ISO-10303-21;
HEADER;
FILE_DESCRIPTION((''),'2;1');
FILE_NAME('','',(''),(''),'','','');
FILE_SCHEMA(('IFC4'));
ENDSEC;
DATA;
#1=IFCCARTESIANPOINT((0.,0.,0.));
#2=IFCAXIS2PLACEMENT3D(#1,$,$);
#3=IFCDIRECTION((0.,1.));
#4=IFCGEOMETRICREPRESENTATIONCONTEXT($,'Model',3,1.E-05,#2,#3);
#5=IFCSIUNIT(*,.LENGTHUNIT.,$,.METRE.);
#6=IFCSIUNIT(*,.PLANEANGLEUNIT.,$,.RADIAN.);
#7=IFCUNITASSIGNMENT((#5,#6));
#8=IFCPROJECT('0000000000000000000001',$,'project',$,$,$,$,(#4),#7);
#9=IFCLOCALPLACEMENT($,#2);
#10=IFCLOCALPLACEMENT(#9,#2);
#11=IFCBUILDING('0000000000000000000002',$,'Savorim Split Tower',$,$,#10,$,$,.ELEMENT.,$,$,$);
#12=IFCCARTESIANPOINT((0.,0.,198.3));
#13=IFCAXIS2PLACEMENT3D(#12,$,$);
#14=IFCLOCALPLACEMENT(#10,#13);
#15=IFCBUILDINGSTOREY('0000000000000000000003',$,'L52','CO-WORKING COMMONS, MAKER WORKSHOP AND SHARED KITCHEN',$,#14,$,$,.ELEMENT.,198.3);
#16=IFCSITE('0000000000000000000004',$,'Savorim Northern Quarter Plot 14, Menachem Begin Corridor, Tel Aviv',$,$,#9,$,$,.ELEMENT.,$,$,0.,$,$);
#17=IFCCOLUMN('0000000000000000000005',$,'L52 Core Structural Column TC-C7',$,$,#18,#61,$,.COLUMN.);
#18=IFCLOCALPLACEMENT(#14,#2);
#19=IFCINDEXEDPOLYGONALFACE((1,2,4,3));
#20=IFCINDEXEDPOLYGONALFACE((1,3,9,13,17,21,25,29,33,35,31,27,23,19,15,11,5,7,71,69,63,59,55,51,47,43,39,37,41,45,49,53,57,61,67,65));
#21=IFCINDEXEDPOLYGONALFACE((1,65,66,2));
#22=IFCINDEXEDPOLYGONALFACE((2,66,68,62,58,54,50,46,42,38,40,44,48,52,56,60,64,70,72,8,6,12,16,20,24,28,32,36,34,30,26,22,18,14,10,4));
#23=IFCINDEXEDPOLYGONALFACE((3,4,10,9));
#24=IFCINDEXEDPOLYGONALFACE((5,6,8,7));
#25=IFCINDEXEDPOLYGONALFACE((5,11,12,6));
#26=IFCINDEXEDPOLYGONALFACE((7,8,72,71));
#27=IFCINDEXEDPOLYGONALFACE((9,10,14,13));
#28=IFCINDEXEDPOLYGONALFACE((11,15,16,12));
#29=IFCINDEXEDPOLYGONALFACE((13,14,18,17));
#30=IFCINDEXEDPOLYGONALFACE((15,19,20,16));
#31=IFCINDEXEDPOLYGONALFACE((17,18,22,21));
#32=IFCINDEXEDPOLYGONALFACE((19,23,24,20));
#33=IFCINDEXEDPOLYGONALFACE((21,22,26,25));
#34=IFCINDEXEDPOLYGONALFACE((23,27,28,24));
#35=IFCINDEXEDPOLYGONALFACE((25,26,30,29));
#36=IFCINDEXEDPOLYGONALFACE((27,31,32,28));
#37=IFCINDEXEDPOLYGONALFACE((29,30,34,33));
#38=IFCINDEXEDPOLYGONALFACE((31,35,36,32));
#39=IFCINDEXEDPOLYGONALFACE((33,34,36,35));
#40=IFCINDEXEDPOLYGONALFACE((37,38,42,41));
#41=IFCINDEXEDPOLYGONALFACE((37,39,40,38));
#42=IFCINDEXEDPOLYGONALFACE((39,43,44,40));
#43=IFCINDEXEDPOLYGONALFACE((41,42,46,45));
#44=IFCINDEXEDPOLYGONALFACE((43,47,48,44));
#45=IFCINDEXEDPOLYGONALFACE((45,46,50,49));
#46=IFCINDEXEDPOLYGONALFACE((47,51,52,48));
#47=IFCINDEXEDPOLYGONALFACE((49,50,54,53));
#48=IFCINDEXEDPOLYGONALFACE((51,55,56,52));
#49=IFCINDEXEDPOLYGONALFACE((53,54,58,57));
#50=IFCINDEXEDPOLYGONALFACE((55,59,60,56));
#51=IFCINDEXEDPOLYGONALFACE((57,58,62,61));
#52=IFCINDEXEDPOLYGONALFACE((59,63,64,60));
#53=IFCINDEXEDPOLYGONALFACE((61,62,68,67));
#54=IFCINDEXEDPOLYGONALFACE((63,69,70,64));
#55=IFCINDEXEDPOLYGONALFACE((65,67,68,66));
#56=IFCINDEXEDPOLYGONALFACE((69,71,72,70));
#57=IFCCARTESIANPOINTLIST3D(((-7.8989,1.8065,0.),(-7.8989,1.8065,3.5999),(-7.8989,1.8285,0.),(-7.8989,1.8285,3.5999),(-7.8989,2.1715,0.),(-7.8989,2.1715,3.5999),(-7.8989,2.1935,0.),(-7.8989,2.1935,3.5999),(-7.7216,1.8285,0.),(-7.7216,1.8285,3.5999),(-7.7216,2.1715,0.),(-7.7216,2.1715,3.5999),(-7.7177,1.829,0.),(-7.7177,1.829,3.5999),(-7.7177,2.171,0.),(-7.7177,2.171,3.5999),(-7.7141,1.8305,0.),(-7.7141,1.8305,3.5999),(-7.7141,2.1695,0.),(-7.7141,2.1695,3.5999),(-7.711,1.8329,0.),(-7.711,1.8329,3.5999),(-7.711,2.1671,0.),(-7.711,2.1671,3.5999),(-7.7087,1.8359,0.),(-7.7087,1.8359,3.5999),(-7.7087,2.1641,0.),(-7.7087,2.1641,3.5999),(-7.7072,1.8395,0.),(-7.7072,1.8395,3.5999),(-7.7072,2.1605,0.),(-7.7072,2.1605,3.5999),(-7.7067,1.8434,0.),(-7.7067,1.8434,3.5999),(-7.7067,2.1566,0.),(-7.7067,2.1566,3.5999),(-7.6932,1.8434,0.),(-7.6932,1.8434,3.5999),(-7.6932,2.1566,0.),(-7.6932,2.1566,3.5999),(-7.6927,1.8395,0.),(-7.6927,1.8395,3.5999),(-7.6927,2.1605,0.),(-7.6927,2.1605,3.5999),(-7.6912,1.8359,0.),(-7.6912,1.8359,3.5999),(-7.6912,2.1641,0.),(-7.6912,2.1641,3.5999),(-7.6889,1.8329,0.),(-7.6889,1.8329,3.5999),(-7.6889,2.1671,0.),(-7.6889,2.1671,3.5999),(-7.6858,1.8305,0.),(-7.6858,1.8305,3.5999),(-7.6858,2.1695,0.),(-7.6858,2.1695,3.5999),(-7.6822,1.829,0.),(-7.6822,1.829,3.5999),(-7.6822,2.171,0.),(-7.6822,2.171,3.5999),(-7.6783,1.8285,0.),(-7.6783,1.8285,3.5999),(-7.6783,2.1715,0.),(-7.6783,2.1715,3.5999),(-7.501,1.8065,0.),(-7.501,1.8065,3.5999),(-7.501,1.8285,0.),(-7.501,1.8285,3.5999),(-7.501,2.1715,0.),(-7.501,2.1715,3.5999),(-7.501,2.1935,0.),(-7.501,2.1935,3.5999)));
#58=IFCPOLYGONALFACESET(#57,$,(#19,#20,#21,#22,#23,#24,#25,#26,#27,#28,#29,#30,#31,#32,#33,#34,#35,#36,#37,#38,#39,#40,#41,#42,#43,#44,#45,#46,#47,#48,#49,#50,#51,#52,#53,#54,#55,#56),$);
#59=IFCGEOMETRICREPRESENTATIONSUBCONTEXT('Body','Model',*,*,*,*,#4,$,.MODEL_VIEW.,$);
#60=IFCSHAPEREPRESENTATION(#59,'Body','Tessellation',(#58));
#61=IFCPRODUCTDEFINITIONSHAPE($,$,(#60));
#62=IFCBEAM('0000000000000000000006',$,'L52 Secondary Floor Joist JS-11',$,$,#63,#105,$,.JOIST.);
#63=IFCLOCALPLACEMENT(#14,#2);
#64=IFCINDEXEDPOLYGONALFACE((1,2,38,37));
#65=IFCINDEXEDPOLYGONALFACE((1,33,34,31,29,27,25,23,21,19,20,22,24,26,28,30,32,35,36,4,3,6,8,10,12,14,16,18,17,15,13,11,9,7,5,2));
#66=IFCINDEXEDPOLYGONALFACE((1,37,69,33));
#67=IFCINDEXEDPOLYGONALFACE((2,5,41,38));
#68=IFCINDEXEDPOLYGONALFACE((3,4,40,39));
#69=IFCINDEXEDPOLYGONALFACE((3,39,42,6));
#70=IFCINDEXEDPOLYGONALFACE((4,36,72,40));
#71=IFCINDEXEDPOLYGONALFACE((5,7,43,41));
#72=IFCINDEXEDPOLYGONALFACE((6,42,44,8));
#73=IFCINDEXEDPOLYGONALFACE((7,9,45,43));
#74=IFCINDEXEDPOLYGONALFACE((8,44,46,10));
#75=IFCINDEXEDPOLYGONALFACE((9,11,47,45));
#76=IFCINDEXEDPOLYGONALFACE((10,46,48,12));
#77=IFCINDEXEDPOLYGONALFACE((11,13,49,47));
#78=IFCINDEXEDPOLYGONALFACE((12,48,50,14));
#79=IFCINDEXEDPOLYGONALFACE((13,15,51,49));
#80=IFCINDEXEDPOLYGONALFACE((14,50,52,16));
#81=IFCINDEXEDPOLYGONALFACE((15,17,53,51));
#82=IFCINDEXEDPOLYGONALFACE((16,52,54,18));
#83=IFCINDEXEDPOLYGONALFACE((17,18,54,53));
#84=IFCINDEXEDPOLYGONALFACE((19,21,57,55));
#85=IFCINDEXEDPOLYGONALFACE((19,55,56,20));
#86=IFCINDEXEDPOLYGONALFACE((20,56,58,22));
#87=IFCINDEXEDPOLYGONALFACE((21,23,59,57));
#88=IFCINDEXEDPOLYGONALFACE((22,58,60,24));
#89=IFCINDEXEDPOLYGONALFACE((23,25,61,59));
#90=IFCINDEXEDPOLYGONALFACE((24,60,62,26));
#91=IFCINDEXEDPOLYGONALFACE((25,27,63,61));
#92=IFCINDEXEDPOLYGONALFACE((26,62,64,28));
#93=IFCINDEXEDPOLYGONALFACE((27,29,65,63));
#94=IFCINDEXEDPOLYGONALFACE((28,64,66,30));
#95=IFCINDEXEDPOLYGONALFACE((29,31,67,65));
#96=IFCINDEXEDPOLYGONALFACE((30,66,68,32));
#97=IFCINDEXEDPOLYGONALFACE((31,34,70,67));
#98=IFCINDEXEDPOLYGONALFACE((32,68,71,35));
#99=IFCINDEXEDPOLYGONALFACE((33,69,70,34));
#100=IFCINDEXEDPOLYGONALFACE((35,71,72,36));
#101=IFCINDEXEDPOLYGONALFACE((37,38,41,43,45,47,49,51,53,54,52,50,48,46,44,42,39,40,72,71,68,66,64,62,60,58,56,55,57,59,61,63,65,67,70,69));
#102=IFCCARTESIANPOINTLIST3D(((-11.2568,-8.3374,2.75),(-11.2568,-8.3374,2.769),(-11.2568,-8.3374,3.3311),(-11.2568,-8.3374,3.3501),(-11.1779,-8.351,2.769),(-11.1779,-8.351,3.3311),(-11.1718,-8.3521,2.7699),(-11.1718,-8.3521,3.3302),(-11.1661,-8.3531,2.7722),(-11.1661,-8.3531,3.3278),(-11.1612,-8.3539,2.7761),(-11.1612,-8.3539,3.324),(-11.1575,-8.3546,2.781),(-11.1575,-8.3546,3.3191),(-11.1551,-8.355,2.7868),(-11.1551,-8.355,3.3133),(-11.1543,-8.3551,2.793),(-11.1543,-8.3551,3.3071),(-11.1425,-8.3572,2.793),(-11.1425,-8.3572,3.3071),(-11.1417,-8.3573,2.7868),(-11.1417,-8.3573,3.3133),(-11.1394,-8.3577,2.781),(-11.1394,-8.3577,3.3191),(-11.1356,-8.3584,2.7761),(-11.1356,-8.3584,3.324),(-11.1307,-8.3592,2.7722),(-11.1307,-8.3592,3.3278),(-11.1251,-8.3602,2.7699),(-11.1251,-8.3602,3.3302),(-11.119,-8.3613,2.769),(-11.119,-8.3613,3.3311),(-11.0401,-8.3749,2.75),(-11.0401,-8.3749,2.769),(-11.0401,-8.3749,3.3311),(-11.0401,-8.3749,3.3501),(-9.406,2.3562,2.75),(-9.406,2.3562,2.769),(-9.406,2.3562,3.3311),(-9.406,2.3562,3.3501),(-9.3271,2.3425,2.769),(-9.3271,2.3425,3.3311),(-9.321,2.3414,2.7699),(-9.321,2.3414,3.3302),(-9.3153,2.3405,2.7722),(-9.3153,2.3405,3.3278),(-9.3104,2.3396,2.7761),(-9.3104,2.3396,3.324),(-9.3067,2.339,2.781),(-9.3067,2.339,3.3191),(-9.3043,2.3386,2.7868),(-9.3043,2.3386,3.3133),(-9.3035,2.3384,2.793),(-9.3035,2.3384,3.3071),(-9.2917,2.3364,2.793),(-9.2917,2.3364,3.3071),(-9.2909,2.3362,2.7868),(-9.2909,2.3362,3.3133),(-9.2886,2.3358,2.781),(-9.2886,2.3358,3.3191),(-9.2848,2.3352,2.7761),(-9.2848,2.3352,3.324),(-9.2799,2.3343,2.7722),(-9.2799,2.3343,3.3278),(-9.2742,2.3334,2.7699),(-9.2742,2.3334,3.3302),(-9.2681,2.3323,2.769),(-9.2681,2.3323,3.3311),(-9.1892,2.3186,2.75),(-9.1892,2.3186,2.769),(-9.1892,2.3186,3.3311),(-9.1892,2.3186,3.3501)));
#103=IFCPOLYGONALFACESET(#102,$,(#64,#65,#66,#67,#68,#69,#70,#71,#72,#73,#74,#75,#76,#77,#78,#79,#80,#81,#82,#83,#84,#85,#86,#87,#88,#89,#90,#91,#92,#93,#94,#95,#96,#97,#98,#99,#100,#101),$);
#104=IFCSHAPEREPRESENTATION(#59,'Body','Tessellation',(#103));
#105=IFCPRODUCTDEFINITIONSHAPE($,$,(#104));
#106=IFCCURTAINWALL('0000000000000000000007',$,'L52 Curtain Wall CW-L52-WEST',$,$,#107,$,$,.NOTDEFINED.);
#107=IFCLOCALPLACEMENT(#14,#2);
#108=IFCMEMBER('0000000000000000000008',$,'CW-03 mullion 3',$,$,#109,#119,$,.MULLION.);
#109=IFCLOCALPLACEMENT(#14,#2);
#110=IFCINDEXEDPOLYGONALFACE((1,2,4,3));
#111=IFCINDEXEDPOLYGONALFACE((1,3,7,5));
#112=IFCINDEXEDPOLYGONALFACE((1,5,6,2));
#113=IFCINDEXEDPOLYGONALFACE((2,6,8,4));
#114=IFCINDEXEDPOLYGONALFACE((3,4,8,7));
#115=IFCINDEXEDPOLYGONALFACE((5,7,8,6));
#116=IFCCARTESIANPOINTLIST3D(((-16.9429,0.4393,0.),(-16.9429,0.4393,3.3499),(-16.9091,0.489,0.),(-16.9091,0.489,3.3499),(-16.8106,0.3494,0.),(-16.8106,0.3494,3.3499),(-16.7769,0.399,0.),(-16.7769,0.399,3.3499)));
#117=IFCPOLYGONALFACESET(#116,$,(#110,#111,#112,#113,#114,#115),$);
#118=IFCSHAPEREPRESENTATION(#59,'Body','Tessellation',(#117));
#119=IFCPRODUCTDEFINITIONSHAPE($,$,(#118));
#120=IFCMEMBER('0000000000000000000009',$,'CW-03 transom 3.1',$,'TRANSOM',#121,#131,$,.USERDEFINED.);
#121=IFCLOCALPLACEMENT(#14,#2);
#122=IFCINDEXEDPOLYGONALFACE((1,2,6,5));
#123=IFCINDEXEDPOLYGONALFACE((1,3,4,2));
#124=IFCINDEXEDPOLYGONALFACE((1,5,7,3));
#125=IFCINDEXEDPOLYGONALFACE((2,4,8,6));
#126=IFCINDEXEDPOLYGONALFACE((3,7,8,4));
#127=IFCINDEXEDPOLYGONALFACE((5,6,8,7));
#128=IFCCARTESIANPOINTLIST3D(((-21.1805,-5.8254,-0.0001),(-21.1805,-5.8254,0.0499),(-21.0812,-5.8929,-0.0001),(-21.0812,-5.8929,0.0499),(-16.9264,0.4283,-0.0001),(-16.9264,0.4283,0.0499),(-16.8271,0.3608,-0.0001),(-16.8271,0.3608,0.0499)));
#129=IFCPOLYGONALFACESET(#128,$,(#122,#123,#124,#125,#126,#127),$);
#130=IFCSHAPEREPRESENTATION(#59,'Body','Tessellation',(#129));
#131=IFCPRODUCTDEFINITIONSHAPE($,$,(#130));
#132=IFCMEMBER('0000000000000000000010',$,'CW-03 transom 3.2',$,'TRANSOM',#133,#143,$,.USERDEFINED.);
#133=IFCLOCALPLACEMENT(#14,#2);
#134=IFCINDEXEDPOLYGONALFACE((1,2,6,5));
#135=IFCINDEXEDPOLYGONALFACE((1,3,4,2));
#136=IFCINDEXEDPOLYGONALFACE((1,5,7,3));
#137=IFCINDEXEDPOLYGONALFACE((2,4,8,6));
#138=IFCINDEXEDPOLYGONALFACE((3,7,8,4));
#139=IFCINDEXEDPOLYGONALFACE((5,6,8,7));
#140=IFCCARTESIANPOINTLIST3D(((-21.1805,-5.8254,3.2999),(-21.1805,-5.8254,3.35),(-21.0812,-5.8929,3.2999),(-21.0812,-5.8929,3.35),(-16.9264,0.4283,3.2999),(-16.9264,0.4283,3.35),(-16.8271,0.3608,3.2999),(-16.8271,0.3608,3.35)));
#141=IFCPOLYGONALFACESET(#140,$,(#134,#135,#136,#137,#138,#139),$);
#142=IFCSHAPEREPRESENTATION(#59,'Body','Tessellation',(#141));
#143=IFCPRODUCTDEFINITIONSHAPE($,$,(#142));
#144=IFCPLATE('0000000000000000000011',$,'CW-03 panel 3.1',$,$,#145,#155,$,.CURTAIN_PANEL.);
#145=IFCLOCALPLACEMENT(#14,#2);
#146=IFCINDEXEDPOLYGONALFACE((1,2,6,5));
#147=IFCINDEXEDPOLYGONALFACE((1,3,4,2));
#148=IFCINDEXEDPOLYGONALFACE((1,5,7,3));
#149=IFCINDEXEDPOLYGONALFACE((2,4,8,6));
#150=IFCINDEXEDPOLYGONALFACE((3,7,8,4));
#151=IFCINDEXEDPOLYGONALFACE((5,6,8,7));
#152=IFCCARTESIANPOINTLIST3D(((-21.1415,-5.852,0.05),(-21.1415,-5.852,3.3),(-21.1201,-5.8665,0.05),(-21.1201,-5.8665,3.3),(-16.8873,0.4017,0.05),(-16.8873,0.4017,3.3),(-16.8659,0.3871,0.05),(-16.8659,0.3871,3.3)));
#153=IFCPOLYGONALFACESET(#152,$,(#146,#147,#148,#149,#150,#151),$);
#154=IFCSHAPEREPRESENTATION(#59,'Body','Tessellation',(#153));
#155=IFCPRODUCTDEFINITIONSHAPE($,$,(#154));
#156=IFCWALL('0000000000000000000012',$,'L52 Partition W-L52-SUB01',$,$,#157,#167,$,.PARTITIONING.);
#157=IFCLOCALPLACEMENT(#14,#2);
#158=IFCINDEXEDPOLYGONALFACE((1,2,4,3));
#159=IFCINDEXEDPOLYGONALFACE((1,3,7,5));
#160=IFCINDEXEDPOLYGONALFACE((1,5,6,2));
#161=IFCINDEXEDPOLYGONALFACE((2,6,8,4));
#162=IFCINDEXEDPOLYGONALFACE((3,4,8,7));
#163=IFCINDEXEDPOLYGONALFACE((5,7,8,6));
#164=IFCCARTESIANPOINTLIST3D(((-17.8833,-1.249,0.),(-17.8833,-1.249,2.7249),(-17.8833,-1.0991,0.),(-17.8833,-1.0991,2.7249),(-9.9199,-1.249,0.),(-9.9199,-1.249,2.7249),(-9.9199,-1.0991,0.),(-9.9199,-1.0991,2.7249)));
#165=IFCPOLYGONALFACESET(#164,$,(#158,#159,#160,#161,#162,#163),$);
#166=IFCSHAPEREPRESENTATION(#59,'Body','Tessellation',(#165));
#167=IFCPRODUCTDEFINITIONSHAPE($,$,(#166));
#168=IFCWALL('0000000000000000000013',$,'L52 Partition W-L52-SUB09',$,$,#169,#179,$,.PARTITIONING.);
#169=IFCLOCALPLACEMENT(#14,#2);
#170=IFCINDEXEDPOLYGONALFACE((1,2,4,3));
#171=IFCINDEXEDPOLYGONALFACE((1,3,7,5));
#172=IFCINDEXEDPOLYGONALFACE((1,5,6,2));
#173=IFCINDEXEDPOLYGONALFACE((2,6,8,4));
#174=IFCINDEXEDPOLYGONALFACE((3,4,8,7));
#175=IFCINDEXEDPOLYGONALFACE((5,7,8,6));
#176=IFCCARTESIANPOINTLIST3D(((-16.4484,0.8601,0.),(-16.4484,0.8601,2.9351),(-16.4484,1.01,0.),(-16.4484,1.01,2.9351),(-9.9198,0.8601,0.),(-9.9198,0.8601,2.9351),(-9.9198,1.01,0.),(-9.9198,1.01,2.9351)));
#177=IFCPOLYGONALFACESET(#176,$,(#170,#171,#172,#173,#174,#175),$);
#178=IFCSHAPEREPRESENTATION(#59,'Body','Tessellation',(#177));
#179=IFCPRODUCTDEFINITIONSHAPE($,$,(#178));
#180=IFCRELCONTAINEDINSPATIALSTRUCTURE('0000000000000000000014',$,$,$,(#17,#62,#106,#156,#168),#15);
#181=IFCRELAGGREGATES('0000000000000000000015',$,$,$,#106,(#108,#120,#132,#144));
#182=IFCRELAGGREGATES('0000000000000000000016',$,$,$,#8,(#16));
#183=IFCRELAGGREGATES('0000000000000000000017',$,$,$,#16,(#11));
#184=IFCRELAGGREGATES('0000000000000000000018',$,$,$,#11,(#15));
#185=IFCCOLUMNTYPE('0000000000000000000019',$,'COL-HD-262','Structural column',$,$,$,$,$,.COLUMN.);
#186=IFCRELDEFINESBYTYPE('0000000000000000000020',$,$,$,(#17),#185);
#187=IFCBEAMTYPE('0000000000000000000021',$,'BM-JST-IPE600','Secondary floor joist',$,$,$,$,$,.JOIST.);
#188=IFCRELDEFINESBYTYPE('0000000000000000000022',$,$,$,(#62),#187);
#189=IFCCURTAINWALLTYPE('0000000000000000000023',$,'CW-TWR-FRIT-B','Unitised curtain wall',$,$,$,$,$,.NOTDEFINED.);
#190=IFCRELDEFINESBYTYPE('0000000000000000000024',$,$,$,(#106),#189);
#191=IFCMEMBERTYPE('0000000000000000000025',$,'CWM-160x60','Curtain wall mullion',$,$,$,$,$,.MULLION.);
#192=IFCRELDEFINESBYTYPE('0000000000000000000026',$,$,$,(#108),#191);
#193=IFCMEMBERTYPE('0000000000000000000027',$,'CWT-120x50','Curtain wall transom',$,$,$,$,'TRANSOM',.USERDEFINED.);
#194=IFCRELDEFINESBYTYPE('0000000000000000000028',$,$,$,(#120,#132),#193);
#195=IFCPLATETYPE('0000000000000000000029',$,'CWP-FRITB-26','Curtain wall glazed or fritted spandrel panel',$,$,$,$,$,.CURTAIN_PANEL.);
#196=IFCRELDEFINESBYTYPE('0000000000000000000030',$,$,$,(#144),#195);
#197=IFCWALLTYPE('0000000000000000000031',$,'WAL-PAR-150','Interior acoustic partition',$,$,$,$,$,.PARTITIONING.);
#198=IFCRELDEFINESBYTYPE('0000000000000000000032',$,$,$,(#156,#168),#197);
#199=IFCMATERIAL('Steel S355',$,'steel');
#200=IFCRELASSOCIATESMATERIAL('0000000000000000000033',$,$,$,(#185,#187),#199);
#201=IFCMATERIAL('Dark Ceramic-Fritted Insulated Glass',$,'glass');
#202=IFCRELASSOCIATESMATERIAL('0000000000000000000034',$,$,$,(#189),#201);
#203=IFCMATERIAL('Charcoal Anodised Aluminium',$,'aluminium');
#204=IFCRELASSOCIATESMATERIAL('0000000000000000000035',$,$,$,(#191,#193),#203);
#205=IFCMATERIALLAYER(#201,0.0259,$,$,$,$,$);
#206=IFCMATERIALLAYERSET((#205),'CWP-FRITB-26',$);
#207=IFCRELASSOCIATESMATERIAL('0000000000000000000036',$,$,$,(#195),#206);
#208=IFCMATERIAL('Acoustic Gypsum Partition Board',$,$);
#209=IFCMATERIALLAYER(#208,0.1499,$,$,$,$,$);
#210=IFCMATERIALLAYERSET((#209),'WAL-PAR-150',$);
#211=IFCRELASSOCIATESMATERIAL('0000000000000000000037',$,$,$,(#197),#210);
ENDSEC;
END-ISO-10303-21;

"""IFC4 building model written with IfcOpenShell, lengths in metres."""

from ifc_helpers import new_model, si_unit, direction, frame, frame_2d, origin, origin_2d, place, context, subcontext, project, spatial, rectangle, i_section, extrude, material, layer, layer_set, material_profile, profile_set, type_object, element, aggregate, save


model = new_model("IFC4")

# Units and contexts
model_context = context("Model", 3, precision=1e-05, world=origin(), true_north=direction((0.0, 1.0)))
body_context = subcontext(model_context, "Body", "Model", "MODEL_VIEW")
ifc_project = project(units=[si_unit("LENGTHUNIT", "METRE"), si_unit("PLANEANGLEUNIT", "RADIAN")], contexts=[model_context])

# Site, building, storey
site_placement = place(None, origin())
site = spatial("IfcSite", under=ifc_project, at=site_placement, Name="Savorim Northern Quarter Plot 14, Menachem Begin Corridor, Tel Aviv", CompositionType="ELEMENT", RefElevation=0.0)
building_placement = place(site_placement, origin())
building = spatial("IfcBuilding", under=site, at=building_placement, Name="Savorim Split Tower", CompositionType="ELEMENT")
storey_placement = place(building_placement, frame((0.0, 0.0, 198.3)))
storey = spatial("IfcBuildingStorey", under=building, at=storey_placement, Name="L52", Description="CO-WORKING COMMONS, MAKER WORKSHOP AND SHARED KITCHEN", CompositionType="ELEMENT", Elevation=198.3)

# Column
ifc_material_1 = material(Name="Steel S355", Category="steel")
ifc_material_profile_1 = material_profile(ifc_material_1, i_section(OverallWidth=0.3979, OverallDepth=0.387, WebThickness=0.0134, FlangeThickness=0.022, FilletRadius=0.0149, at=origin_2d()), Name="HD 400x262")
ifc_profile_set_1 = profile_set([ifc_material_profile_1], Name="Steel S355")
column_type = type_object("IfcColumnType", Name="COL-HD-262", Description="Structural column", PredefinedType="COLUMN", material=ifc_profile_set_1)
column_placement = place(storey_placement, frame((-7.7, 2.0, 0.0), z_axis=(0.0, 0.0, 1.0), x_axis=(1.0, 0.0, 0.0)))
element("IfcColumn", 1, at=column_placement, inside=storey, type_object=column_type, Name="L52 Core Structural Column TC-C7", PredefinedType="COLUMN", context=body_context, shape_type="SweptSolid", body=[
    extrude(i_section(OverallWidth=0.3979, OverallDepth=0.387, WebThickness=0.0134, FlangeThickness=0.022, FilletRadius=0.0149, at=origin_2d()), origin(), (0.0, 0.0, 1.0), 3.5999),
])

# Beam
ifc_material_profile_2 = material_profile(ifc_material_1, i_section(OverallWidth=0.22, OverallDepth=0.6001, WebThickness=0.012, FlangeThickness=0.019, FilletRadius=0.0239, at=origin_2d()), Name="IPE 600")
ifc_profile_set_2 = profile_set([ifc_material_profile_2], Name="Steel S355")
beam_type = type_object("IfcBeamType", Name="BM-JST-IPE600", Description="Secondary floor joist", PredefinedType="JOIST", material=ifc_profile_set_2)
beam_placement = place(storey_placement, frame((-9.2976, 2.3374, 3.05), z_axis=(-0.170543, -0.98535, 0.0), x_axis=(0.98535, -0.170543, 0.0)))
element("IfcBeam", 2, at=beam_placement, inside=storey, type_object=beam_type, Name="L52 Secondary Floor Joist JS-11", PredefinedType="JOIST", context=body_context, shape_type="SweptSolid", body=[
    extrude(i_section(OverallWidth=0.22, OverallDepth=0.6001, WebThickness=0.012, FlangeThickness=0.019, FilletRadius=0.0239, at=origin_2d()), origin(), (0.0, 0.0, 1.0), 10.8525),
])

# Curtain wall, members, plate
ifc_material_2 = material(Name="Dark Ceramic-Fritted Insulated Glass", Category="glass")
curtain_wall_type = type_object("IfcCurtainWallType", Name="CW-TWR-FRIT-B", Description="Unitised curtain wall", PredefinedType="NOTDEFINED", material=ifc_material_2)
curtain_wall_placement = place(storey_placement, origin())
curtain_wall = element("IfcCurtainWall", 3, at=curtain_wall_placement, inside=storey, type_object=curtain_wall_type, Name="L52 Curtain Wall CW-L52-WEST", PredefinedType="NOTDEFINED")
ifc_material_3 = material(Name="Charcoal Anodised Aluminium", Category="aluminium")
ifc_material_profile_3 = material_profile(ifc_material_3, rectangle(XDim=0.1599, YDim=0.0601, at=origin_2d()), Name="ALU-M 160x60")
ifc_profile_set_3 = profile_set([ifc_material_profile_3], Name="Charcoal Anodised Aluminium")
member_type_1 = type_object("IfcMemberType", Name="CWM-160x60", Description="Curtain wall mullion", PredefinedType="MULLION", material=ifc_profile_set_3)
member_1_placement = place(storey_placement, frame((-16.8599, 0.4192, 0.0), z_axis=(0.0, 0.0, 1.0), x_axis=(0.826821, -0.562465, 0.0)))
member_1 = element("IfcMember", 4, at=member_1_placement, type_object=member_type_1, Name="CW-03 mullion 3", PredefinedType="MULLION", context=body_context, shape_type="SweptSolid", body=[
    extrude(rectangle(XDim=0.1599, YDim=0.0601, at=origin_2d()), origin(), (0.0, 0.0, 1.0), 3.3499),
])
ifc_material_profile_4 = material_profile(ifc_material_3, rectangle(XDim=0.1201, YDim=0.05, at=origin_2d()), Name="ALU-T 120x50")
ifc_profile_set_4 = profile_set([ifc_material_profile_4], Name="Charcoal Anodised Aluminium")
member_type_2 = type_object("IfcMemberType", Name="CWT-120x50", Description="Curtain wall transom", ElementType="TRANSOM", PredefinedType="USERDEFINED", material=ifc_profile_set_4)
member_2_placement = place(storey_placement, frame((-16.8767, 0.3945, 0.0249), z_axis=(-0.56246, -0.826824, 0.0), x_axis=(0.826824, -0.56246, 0.0)))
member_2 = element("IfcMember", 5, at=member_2_placement, type_object=member_type_2, Name="CW-03 transom 3.1", ObjectType="TRANSOM", PredefinedType="USERDEFINED", context=body_context, shape_type="SweptSolid", body=[
    extrude(rectangle(XDim=0.1201, YDim=0.05, at=origin_2d()), origin(), (0.0, 0.0, 1.0), 7.5635),
])
member_3_placement = place(storey_placement, frame((-16.8767, 0.3945, 3.325), z_axis=(-0.56246, -0.826824, 0.0), x_axis=(0.826824, -0.56246, 0.0)))
member_3 = element("IfcMember", 6, at=member_3_placement, type_object=member_type_2, Name="CW-03 transom 3.2", ObjectType="TRANSOM", PredefinedType="USERDEFINED", context=body_context, shape_type="SweptSolid", body=[
    extrude(rectangle(XDim=0.1201, YDim=0.05, at=origin_2d()), origin(), (0.0, 0.0, 1.0), 7.5635),
])
ifc_layer_1 = layer(ifc_material_2, 0.0259)
ifc_layer_set_1 = layer_set([ifc_layer_1], Name="CWP-FRITB-26")
plate_type = type_object("IfcPlateType", Name="CWP-FRITB-26", Description="Curtain wall glazed or fritted spandrel panel", PredefinedType="CURTAIN_PANEL", material=ifc_layer_set_1)
plate_placement = place(storey_placement, frame((-19.0037, -2.7324, 0.05), z_axis=(0.0, 0.0, 1.0), x_axis=(-0.562465, -0.826821, 0.0)))
plate = element("IfcPlate", 7, at=plate_placement, type_object=plate_type, Name="CW-03 panel 3.1", PredefinedType="CURTAIN_PANEL", context=body_context, shape_type="SweptSolid", body=[
    extrude(rectangle(XDim=7.5635, YDim=0.0259, at=origin_2d()), origin(), (0.0, 0.0, 1.0), 3.25),
])
aggregate(curtain_wall, [member_1, member_2, member_3, plate])

# Walls
ifc_material_4 = material(Name="Acoustic Gypsum Partition Board")
ifc_layer_2 = layer(ifc_material_4, 0.1499)
ifc_layer_set_2 = layer_set([ifc_layer_2], Name="WAL-PAR-150")
wall_type_1 = type_object("IfcWallType", Name="WAL-PAR-150", Description="Interior acoustic partition", PredefinedType="PARTITIONING", material=ifc_layer_set_2)
wall_1_placement = place(storey_placement, frame((-9.9199, -1.1741, 0.0), z_axis=(0.0, 0.0, 1.0), x_axis=(-1.0, 0.0, 0.0)))
element("IfcWall", 8, at=wall_1_placement, inside=storey, type_object=wall_type_1, Name="L52 Partition W-L52-SUB01", PredefinedType="PARTITIONING", context=body_context, shape_type="SweptSolid", body=[
    extrude(rectangle(XDim=7.9634, YDim=0.1499, at=frame_2d((3.9817, 0.0))), origin(), (0.0, 0.0, 1.0), 2.7249),
])
wall_2_placement = place(storey_placement, frame((-9.9199, 0.9351, 0.0), z_axis=(0.0, 0.0, 1.0), x_axis=(-1.0, 0.0, 0.0)))
element("IfcWall", 9, at=wall_2_placement, inside=storey, type_object=wall_type_1, Name="L52 Partition W-L52-SUB09", PredefinedType="PARTITIONING", context=body_context, shape_type="SweptSolid", body=[
    extrude(rectangle(XDim=6.5286, YDim=0.1499, at=frame_2d((3.2642, 0.0))), origin(), (0.0, 0.0, 1.0), 2.9351),
])

save(model, "model.ifc")
